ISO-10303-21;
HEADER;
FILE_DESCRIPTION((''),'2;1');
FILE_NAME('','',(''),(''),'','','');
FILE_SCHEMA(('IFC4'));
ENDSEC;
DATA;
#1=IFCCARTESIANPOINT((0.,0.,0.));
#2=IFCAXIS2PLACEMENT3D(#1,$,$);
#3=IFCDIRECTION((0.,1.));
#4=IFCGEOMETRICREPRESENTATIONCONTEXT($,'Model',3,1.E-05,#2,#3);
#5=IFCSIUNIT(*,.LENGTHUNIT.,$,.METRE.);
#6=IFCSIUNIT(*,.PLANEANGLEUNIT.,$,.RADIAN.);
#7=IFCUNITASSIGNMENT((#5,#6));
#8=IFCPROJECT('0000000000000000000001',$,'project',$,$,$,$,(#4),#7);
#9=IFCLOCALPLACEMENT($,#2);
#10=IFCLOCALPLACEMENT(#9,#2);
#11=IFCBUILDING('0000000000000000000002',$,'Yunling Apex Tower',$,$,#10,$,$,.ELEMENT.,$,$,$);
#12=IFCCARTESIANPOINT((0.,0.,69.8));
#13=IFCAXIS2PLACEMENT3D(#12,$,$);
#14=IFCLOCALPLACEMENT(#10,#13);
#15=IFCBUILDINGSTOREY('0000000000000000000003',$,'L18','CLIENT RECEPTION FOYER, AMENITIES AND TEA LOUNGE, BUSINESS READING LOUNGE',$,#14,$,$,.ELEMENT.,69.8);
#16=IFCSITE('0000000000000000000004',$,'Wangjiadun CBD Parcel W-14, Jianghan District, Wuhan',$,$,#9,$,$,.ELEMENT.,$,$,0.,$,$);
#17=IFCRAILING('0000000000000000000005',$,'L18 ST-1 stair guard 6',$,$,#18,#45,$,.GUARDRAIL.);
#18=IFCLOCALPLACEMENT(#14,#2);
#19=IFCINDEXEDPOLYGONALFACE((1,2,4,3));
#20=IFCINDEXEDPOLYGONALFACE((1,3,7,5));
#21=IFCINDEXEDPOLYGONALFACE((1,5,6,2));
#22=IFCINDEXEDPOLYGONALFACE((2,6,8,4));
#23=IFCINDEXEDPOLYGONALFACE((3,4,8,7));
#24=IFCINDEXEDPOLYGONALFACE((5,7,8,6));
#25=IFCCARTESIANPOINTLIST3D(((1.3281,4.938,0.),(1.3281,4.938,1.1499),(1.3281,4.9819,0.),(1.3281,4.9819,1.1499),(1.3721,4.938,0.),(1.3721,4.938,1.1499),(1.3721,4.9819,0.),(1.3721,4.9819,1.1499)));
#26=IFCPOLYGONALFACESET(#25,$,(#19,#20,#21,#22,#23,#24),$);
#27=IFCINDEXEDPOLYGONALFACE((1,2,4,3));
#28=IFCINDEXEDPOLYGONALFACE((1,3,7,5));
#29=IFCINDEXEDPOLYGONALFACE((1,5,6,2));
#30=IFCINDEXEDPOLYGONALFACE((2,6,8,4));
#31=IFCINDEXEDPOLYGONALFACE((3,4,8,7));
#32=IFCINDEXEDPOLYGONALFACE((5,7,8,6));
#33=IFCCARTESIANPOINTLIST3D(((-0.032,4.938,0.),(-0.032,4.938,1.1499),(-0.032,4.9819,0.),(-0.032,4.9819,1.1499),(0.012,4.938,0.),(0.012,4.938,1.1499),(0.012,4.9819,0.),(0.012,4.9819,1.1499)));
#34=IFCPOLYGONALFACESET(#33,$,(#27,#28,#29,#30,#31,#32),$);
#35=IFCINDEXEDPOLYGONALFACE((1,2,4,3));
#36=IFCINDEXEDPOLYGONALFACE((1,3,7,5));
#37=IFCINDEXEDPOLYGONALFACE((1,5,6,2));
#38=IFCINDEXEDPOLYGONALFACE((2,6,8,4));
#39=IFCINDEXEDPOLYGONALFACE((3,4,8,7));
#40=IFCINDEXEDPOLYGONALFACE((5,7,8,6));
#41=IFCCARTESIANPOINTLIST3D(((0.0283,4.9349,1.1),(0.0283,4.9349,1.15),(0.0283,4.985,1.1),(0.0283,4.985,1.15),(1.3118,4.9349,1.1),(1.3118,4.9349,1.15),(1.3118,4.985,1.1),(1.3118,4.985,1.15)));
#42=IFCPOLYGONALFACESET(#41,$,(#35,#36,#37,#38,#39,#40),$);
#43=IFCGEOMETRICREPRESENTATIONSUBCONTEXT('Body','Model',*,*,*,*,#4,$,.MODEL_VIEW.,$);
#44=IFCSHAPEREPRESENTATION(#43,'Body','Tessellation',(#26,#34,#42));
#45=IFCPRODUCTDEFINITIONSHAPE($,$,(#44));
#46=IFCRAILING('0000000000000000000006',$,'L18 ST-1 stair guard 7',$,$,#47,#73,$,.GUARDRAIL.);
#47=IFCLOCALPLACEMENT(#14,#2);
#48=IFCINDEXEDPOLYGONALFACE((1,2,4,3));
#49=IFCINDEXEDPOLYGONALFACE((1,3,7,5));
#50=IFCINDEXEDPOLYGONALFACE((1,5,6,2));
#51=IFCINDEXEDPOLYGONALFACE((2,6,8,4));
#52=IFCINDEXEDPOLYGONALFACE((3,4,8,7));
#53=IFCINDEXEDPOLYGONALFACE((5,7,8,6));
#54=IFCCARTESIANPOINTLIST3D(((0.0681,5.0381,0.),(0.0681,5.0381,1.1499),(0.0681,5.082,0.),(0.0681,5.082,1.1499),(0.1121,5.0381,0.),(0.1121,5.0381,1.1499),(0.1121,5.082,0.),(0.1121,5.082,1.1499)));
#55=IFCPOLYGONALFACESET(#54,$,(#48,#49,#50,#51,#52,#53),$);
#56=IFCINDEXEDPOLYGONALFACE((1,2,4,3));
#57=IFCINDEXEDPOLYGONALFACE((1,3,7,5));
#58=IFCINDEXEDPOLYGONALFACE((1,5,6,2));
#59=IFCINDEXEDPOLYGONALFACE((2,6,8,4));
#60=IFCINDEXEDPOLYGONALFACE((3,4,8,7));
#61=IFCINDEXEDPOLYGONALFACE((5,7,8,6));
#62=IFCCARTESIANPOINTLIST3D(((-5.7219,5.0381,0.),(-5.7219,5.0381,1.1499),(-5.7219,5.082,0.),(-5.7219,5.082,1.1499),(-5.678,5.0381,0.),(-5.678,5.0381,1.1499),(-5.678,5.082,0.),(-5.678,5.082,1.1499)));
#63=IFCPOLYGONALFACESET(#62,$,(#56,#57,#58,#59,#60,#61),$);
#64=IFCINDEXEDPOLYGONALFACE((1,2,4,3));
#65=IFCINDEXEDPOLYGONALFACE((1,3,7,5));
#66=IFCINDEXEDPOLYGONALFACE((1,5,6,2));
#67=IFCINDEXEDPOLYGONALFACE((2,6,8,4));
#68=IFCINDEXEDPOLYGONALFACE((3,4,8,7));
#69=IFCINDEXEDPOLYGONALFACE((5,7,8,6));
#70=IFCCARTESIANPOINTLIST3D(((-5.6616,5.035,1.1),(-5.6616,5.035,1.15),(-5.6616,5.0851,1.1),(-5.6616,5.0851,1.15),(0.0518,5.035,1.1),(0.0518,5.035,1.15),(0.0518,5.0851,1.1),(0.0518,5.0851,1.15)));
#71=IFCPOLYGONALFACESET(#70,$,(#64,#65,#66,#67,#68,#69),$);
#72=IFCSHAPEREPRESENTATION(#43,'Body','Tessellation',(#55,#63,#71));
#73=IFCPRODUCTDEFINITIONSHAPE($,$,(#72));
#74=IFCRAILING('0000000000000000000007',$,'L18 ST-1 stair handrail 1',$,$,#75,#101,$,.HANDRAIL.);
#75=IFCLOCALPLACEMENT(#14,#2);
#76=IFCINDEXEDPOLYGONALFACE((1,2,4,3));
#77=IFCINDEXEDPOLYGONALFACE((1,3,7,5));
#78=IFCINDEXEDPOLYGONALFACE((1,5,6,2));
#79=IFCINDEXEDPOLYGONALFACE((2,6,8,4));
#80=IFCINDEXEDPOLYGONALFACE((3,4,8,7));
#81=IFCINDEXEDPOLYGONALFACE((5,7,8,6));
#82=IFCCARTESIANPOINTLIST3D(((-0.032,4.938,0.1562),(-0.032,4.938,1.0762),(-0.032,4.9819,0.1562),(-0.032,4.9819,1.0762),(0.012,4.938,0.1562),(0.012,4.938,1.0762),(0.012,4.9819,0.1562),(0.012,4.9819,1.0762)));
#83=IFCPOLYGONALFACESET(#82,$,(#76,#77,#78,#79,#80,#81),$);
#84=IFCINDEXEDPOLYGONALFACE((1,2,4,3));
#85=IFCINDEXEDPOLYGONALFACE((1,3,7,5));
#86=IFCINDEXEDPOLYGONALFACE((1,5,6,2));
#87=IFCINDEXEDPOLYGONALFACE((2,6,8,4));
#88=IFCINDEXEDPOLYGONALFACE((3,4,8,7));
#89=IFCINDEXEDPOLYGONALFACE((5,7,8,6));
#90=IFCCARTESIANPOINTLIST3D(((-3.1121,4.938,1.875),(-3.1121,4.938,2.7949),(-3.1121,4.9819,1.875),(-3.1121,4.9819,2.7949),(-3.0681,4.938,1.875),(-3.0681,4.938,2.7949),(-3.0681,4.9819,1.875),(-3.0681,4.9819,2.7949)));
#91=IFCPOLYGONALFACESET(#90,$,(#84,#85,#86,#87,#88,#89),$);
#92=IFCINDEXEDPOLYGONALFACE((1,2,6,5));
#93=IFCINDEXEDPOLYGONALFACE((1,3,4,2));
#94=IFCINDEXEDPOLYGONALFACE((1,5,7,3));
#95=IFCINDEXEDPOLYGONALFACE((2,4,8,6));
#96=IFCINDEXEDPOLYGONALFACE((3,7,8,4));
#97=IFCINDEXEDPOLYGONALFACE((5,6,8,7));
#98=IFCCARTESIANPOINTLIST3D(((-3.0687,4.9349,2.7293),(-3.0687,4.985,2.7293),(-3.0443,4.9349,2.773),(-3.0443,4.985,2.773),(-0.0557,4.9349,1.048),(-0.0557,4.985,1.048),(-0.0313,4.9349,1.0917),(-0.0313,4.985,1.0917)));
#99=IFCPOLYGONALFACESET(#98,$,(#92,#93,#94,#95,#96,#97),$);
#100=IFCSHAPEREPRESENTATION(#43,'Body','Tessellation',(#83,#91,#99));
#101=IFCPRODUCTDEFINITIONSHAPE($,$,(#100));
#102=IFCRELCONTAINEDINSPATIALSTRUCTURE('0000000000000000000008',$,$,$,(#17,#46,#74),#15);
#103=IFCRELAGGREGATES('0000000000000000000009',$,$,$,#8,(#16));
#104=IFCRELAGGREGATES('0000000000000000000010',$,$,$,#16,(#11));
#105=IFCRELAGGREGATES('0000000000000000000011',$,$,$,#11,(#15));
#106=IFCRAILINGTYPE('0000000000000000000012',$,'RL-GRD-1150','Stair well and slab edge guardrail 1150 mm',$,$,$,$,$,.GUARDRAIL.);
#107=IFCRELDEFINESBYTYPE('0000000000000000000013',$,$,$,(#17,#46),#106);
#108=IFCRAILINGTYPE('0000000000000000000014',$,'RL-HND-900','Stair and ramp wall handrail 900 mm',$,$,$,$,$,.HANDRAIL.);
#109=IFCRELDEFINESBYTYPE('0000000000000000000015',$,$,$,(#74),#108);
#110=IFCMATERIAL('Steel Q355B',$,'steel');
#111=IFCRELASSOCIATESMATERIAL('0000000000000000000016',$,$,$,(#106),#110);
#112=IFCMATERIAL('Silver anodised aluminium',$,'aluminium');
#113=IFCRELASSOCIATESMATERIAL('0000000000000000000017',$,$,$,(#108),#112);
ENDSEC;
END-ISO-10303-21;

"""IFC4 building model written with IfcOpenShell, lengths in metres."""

from ifc_helpers import new_model, si_unit, direction, frame, origin, origin_2d, place, context, subcontext, project, spatial, rectangle, extrude, material, type_object, element, save


model = new_model("IFC4")

# Units and contexts
model_context = context("Model", 3, precision=1e-05, world=origin(), true_north=direction((0.0, 1.0)))
body_context = subcontext(model_context, "Body", "Model", "MODEL_VIEW")
ifc_project = project(units=[si_unit("LENGTHUNIT", "METRE"), si_unit("PLANEANGLEUNIT", "RADIAN")], contexts=[model_context])

# Site, building, storey
site_placement = place(None, origin())
site = spatial("IfcSite", under=ifc_project, at=site_placement, Name="Wangjiadun CBD Parcel W-14, Jianghan District, Wuhan", CompositionType="ELEMENT", RefElevation=0.0)
building_placement = place(site_placement, origin())
building = spatial("IfcBuilding", under=site, at=building_placement, Name="Yunling Apex Tower", CompositionType="ELEMENT")
storey_placement = place(building_placement, frame((0.0, 0.0, 69.8)))
storey = spatial("IfcBuildingStorey", under=building, at=storey_placement, Name="L18", Description="CLIENT RECEPTION FOYER, AMENITIES AND TEA LOUNGE, BUSINESS READING LOUNGE", CompositionType="ELEMENT", Elevation=69.8)

# Shared definitions
ifc_material_1 = material(Name="Steel Q355B", Category="steel")

# Railings
railing_type_1 = type_object("IfcRailingType", Name="RL-GRD-1150", Description="Stair well and slab edge guardrail 1150 mm", PredefinedType="GUARDRAIL", material=ifc_material_1)
railing_1_placement = place(storey_placement, frame((1.3501, 4.96, 0.0)))
element("IfcRailing", 1, at=railing_1_placement, inside=storey, type_object=railing_type_1, Name="L18 ST-1 stair guard 6", PredefinedType="GUARDRAIL", context=body_context, shape_type="SweptSolid", body=[
    extrude(rectangle(XDim=0.0439, YDim=0.0439, at=origin_2d()), origin(), (0.0, 0.0, 1.0), 1.1499),
    extrude(rectangle(XDim=0.0439, YDim=0.0439, at=origin_2d()), frame((-1.3601, 0.0, 0.0)), (0.0, 0.0, 1.0), 1.1499),
    extrude(rectangle(XDim=0.05, YDim=0.05, at=origin_2d()), frame((-0.0383, 0.0, 1.125), z_axis=(-1.0, 0.0, 0.0), x_axis=(0.0, -1.0, 0.0)), (0.0, 0.0, 1.0), 1.2834),
])
railing_2_placement = place(storey_placement, frame((0.0901, 5.0601, 0.0)))
element("IfcRailing", 2, at=railing_2_placement, inside=storey, type_object=railing_type_1, Name="L18 ST-1 stair guard 7", PredefinedType="GUARDRAIL", context=body_context, shape_type="SweptSolid", body=[
    extrude(rectangle(XDim=0.0439, YDim=0.0439, at=origin_2d()), origin(), (0.0, 0.0, 1.0), 1.1499),
    extrude(rectangle(XDim=0.0439, YDim=0.0439, at=origin_2d()), frame((-5.79, 0.0, 0.0)), (0.0, 0.0, 1.0), 1.1499),
    extrude(rectangle(XDim=0.05, YDim=0.05, at=origin_2d()), frame((-0.0383, 0.0, 1.125), z_axis=(-1.0, 0.0, 0.0), x_axis=(0.0, -1.0, 0.0)), (0.0, 0.0, 1.0), 5.7134),
])
ifc_material_2 = material(Name="Silver anodised aluminium", Category="aluminium")
railing_type_2 = type_object("IfcRailingType", Name="RL-HND-900", Description="Stair and ramp wall handrail 900 mm", PredefinedType="HANDRAIL", material=ifc_material_2)
railing_3_placement = place(storey_placement, frame((-0.01, 4.96, 0.1562)))
element("IfcRailing", 3, at=railing_3_placement, inside=storey, type_object=railing_type_2, Name="L18 ST-1 stair handrail 1", PredefinedType="HANDRAIL", context=body_context, shape_type="SweptSolid", body=[
    extrude(rectangle(XDim=0.0439, YDim=0.0439, at=origin_2d()), origin(), (0.0, 0.0, 1.0), 0.9199),
    extrude(rectangle(XDim=0.0439, YDim=0.0439, at=origin_2d()), frame((-3.0801, 0.0, 1.7188)), (0.0, 0.0, 1.0), 0.9199),
    extrude(rectangle(XDim=0.05, YDim=0.05, at=origin_2d()), frame((-0.0334, 0.0, 0.9136), z_axis=(-0.873242, 0.0, 0.487288), x_axis=(0.0, -1.0, 0.0)), (0.0, 0.0, 1.0), 3.4504),
])

save(model, "model.ifc")
